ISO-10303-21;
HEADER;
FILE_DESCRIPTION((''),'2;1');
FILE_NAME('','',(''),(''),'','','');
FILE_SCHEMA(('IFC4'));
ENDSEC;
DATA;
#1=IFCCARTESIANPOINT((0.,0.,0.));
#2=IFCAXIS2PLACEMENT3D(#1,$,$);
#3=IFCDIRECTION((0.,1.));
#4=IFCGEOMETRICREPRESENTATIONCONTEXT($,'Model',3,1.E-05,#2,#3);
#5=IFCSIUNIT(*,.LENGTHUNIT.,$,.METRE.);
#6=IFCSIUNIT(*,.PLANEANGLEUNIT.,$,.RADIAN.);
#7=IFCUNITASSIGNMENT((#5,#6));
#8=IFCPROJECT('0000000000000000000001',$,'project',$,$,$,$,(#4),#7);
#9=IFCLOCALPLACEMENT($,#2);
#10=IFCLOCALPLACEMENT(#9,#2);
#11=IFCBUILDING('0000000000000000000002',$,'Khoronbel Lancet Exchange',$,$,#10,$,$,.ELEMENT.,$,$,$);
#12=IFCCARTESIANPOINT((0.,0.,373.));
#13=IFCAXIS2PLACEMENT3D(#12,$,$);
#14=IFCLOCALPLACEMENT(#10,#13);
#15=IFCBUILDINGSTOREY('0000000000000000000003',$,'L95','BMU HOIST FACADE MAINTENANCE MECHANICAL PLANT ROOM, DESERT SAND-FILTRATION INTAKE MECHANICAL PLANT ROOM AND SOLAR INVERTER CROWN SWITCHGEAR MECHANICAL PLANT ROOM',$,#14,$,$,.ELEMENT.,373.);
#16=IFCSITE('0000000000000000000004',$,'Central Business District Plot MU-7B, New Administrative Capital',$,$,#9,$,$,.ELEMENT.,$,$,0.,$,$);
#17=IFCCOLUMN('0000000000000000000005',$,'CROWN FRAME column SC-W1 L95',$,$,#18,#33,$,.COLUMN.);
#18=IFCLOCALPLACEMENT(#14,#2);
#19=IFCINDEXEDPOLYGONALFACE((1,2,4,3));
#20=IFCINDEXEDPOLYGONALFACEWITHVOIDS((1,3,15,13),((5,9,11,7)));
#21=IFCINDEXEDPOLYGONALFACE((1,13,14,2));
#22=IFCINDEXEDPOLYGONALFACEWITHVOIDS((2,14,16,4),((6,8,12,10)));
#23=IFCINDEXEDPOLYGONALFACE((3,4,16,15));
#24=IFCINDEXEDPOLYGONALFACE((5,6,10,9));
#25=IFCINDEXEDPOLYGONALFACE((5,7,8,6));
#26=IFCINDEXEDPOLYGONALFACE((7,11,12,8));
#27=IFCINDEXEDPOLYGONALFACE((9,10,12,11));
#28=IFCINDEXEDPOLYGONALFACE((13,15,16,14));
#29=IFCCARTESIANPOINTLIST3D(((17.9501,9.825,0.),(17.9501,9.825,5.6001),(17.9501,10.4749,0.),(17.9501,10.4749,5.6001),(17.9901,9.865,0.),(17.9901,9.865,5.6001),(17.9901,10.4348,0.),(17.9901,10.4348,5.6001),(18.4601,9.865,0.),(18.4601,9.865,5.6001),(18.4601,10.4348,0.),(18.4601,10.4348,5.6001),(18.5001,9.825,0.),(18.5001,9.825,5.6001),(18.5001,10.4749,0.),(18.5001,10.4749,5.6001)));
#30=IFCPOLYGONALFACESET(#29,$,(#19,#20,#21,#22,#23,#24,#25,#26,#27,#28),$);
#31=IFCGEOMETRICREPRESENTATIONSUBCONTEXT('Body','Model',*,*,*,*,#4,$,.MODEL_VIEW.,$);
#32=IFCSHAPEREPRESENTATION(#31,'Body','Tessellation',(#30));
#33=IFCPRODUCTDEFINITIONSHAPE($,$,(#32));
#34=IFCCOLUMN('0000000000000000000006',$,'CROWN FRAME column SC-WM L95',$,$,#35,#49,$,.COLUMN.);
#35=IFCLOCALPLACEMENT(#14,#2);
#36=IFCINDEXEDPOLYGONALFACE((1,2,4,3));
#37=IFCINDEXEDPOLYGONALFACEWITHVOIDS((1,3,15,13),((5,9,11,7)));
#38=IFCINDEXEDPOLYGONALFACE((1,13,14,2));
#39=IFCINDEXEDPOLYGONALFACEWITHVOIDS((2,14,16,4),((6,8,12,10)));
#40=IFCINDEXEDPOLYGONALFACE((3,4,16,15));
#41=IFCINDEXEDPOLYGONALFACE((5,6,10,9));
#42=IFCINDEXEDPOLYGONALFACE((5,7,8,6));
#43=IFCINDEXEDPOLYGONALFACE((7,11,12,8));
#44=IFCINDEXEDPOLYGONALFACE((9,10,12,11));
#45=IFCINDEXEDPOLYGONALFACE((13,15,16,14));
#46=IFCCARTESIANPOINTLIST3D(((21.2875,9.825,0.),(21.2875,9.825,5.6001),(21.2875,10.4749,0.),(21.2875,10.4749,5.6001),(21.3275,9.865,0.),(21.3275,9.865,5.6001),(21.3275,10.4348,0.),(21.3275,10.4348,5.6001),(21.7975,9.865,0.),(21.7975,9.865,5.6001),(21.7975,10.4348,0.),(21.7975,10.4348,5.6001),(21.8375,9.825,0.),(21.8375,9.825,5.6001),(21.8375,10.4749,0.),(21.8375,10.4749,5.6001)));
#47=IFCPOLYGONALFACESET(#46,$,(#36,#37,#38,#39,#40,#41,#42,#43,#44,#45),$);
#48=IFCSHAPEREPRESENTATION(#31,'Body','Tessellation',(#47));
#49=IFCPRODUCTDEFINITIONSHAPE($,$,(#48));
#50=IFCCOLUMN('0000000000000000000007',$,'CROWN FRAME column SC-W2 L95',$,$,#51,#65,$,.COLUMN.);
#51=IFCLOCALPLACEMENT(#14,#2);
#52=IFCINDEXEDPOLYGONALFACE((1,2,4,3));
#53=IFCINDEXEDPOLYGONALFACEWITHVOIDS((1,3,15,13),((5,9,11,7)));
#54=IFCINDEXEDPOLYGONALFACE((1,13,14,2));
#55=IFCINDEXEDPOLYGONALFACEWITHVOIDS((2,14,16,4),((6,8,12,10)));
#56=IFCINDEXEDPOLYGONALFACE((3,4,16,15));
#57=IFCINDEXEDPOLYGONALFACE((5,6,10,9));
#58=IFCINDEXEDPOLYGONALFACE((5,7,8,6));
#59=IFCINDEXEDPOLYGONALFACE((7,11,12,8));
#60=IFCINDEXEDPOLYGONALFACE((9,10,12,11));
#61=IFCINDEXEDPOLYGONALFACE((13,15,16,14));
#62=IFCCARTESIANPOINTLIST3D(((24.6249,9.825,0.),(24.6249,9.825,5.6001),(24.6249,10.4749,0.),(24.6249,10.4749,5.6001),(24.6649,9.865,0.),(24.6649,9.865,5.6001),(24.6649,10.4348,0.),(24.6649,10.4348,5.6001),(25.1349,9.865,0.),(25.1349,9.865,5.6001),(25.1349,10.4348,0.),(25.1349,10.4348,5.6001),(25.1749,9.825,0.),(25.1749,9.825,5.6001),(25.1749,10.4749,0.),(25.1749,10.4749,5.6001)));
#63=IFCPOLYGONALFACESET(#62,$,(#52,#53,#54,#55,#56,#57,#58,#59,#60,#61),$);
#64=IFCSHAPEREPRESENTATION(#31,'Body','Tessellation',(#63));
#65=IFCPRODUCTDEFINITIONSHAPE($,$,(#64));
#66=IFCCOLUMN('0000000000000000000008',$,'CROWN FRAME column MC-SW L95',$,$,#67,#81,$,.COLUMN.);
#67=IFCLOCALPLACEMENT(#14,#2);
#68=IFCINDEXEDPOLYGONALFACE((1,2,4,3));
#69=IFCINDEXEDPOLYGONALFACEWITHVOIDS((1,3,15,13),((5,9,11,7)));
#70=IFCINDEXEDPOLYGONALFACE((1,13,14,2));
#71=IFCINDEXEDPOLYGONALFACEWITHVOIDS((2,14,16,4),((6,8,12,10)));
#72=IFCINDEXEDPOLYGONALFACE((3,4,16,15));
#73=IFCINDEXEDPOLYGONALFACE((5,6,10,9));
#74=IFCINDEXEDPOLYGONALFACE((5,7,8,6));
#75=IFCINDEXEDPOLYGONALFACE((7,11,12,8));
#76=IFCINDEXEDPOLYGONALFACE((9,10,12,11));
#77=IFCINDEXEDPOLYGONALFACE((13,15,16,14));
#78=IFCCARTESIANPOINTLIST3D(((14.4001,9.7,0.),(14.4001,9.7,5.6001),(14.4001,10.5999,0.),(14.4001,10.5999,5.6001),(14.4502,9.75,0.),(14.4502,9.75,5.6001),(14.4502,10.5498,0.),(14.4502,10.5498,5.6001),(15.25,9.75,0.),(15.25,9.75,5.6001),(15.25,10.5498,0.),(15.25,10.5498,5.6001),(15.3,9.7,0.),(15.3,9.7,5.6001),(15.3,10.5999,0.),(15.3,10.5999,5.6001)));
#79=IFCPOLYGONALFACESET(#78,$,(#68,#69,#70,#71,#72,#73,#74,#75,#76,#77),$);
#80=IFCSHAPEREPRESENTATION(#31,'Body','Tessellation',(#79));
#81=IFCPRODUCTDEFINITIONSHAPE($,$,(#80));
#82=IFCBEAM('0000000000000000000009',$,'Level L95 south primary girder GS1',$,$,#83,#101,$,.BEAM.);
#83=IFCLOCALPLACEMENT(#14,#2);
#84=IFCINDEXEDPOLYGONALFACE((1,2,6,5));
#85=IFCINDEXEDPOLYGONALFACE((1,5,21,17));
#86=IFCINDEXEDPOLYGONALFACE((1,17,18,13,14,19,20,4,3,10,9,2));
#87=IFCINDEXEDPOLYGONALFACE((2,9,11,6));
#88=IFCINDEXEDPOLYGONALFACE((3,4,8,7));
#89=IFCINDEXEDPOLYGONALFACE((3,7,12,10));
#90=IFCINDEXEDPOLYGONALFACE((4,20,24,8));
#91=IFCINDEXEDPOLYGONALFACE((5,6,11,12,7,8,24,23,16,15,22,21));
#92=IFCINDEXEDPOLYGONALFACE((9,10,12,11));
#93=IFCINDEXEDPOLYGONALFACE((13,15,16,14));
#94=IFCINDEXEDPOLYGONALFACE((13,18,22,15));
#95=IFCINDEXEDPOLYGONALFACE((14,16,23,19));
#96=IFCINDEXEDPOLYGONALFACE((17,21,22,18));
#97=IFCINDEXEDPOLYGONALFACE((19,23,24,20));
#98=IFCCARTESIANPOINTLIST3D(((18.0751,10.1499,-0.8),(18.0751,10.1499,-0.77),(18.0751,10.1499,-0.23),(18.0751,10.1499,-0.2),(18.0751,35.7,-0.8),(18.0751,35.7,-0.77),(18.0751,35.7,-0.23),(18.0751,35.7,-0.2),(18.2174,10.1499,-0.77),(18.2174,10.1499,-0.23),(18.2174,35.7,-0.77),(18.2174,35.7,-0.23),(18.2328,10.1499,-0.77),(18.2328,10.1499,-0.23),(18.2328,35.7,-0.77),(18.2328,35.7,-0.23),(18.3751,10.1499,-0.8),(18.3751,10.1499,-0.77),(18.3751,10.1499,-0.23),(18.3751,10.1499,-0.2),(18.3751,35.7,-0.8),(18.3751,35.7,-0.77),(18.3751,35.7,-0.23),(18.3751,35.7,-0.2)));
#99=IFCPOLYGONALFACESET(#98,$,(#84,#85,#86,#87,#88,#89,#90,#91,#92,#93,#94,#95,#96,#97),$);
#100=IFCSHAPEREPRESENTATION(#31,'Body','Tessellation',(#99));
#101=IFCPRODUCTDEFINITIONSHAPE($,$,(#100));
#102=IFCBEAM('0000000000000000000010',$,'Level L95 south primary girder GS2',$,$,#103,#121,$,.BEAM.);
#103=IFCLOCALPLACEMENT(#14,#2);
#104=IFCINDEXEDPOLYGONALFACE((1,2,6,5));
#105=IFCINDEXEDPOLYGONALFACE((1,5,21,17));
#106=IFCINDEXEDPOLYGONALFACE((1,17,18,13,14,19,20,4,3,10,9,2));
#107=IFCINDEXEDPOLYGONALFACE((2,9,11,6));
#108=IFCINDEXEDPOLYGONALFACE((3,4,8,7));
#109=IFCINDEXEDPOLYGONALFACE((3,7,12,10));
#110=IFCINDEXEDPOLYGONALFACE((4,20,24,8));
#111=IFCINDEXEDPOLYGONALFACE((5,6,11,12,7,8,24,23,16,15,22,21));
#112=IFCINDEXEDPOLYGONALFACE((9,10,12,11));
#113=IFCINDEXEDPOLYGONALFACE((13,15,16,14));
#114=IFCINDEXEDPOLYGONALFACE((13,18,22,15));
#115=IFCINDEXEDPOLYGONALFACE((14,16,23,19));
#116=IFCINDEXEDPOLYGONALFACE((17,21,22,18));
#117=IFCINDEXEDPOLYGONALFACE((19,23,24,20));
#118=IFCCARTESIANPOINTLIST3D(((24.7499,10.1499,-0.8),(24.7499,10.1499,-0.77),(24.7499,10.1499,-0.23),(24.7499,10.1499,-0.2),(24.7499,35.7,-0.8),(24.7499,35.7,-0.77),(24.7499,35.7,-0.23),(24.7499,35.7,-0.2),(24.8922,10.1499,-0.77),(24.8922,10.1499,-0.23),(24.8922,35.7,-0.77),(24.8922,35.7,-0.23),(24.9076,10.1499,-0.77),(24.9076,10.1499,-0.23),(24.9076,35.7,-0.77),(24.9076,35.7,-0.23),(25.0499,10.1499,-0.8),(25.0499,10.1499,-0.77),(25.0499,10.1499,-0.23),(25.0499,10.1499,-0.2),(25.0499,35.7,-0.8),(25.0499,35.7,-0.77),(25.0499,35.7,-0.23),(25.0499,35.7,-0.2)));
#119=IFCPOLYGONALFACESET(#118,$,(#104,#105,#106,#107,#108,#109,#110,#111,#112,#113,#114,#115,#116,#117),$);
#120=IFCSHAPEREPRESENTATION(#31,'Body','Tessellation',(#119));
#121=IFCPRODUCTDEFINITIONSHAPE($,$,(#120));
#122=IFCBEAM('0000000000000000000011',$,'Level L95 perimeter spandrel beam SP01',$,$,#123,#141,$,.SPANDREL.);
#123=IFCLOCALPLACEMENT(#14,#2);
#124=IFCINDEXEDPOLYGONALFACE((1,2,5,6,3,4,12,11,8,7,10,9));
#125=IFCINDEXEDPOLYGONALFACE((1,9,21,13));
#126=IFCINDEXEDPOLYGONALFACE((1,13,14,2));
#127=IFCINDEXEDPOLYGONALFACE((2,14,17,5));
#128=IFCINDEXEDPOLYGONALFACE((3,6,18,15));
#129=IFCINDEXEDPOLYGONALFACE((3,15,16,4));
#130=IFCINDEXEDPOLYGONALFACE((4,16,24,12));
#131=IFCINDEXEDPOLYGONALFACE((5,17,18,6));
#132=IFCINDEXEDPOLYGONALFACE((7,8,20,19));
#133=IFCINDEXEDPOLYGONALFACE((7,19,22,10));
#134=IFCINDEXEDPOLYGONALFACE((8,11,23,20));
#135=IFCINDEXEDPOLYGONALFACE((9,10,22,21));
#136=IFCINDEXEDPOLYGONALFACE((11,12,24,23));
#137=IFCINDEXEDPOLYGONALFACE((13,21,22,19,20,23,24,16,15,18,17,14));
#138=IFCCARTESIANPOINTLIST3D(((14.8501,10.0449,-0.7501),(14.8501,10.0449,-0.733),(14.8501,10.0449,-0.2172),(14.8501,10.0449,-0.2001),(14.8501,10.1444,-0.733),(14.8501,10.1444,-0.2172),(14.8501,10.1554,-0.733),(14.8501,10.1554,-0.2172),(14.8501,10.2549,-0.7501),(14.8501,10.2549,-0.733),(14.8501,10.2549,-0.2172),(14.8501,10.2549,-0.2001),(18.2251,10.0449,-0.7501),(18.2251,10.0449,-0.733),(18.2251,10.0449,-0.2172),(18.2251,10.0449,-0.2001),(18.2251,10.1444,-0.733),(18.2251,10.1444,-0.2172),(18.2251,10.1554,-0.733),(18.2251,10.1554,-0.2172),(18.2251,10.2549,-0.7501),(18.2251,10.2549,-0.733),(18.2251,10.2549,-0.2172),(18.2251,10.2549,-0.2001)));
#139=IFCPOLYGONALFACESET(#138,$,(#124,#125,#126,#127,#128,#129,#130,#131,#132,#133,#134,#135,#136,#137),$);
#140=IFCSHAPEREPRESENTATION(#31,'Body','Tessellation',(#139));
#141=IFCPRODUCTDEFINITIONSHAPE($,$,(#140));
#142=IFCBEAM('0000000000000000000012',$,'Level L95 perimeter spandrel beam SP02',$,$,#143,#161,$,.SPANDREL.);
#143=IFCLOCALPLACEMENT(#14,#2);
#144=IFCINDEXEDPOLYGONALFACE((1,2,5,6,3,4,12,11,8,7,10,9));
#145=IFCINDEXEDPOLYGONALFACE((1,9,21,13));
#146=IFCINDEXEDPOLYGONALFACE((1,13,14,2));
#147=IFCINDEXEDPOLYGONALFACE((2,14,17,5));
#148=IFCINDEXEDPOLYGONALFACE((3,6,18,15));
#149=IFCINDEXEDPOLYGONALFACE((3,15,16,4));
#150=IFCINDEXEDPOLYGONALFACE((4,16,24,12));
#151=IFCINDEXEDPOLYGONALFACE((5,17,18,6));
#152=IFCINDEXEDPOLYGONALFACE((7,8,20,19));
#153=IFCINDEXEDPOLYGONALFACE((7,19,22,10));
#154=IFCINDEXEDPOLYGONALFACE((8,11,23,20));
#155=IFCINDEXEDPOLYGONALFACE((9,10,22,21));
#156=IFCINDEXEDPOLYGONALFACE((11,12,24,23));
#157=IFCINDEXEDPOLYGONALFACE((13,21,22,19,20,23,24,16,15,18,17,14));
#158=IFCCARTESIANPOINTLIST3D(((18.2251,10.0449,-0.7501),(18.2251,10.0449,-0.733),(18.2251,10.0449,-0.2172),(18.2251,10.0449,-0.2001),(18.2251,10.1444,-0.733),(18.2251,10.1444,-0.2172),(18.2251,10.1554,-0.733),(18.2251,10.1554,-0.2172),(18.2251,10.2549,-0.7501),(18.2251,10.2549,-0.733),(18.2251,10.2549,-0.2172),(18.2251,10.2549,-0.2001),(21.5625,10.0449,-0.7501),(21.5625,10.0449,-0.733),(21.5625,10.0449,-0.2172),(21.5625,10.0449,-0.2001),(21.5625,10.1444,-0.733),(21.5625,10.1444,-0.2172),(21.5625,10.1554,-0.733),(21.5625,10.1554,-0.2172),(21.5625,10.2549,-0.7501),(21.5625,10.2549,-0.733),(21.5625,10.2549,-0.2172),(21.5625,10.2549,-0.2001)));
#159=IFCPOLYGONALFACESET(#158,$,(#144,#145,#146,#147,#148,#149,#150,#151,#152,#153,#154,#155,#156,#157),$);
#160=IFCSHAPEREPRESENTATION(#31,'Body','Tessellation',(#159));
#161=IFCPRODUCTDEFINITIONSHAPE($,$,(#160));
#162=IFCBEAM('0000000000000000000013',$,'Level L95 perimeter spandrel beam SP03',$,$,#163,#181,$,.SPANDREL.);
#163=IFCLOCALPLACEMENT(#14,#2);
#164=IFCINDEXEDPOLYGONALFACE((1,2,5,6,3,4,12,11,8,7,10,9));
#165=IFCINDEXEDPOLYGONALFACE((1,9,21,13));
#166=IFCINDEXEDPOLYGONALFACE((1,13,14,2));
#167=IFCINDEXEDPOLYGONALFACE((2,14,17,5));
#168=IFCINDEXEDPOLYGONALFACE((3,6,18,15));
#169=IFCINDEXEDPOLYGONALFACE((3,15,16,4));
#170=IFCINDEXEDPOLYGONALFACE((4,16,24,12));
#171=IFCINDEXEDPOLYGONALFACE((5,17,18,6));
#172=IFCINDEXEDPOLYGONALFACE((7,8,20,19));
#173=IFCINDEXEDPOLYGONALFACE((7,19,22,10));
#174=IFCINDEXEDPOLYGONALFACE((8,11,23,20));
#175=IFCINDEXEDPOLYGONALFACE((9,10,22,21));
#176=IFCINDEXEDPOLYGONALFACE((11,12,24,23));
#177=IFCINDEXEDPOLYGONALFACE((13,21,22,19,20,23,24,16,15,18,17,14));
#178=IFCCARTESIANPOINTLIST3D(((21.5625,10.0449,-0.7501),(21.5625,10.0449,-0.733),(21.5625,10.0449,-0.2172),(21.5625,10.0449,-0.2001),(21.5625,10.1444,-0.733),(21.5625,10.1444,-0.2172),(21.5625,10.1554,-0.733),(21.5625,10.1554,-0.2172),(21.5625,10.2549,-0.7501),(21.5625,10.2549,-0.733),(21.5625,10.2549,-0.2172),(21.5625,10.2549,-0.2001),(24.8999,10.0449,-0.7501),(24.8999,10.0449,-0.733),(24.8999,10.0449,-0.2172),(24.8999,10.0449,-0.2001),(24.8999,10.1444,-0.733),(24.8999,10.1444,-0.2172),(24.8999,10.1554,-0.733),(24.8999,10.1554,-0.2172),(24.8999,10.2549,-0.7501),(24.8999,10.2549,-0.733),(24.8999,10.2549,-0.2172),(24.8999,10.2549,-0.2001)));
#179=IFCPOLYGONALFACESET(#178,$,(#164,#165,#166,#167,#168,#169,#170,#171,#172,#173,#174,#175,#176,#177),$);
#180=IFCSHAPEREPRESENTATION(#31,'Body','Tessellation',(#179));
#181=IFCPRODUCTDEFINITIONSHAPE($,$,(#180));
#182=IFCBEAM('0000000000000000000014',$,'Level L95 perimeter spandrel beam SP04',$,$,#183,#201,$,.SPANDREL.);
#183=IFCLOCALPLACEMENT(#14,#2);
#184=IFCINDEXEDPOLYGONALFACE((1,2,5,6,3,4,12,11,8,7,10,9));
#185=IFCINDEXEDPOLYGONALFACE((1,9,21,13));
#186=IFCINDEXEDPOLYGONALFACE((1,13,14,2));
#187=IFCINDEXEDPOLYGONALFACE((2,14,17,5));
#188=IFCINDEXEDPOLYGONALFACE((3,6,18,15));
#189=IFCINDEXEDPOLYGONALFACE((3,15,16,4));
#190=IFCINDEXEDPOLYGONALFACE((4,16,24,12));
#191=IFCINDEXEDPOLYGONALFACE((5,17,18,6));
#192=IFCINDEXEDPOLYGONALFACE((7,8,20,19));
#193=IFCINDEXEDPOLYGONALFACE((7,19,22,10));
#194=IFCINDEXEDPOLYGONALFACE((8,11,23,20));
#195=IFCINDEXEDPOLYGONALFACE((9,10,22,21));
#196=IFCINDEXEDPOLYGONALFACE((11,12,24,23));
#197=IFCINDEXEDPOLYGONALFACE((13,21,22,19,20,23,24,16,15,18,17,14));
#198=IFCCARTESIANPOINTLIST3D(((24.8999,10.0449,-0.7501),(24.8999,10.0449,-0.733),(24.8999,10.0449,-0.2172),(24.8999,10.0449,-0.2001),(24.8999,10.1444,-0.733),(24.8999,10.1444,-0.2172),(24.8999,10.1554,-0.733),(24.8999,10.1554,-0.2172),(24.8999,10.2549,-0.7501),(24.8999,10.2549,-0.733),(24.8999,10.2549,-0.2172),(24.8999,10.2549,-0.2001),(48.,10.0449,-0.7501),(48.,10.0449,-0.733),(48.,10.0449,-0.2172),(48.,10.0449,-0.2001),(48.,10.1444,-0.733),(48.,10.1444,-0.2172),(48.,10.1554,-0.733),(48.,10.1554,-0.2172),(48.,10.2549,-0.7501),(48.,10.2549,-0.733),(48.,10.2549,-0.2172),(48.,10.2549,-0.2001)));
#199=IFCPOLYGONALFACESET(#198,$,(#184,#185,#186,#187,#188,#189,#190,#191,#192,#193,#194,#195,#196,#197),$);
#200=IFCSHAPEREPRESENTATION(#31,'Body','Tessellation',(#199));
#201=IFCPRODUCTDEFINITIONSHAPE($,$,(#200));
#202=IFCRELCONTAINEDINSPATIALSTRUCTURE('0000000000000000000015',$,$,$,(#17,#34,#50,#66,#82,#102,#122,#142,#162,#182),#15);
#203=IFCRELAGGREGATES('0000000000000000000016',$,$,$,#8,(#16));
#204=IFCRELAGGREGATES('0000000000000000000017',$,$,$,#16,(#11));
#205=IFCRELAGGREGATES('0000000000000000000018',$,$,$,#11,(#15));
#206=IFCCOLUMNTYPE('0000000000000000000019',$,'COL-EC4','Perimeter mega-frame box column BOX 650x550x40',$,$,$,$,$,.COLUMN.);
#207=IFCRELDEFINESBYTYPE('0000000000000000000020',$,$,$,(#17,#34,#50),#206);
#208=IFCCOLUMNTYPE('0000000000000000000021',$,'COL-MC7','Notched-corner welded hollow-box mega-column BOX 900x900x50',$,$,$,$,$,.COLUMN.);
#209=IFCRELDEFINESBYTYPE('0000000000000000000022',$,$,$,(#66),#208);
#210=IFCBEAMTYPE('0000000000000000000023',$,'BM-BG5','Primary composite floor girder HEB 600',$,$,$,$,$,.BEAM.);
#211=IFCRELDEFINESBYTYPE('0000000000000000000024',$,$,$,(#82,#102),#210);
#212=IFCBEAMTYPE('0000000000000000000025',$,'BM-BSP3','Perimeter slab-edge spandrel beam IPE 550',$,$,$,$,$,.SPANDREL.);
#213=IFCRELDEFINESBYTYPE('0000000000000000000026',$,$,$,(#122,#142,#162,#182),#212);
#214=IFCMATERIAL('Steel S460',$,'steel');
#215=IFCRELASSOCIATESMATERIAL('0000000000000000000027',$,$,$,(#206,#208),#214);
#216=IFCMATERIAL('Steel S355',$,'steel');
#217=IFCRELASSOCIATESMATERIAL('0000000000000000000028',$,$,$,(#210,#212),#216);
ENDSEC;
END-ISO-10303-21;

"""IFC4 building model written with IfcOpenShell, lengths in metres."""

from ifc_helpers import new_model, si_unit, direction, frame, origin, origin_2d, place, context, subcontext, project, spatial, hollow_rectangle, i_section, extrude, material, material_profile, profile_set, type_object, element, save


model = new_model("IFC4")

# Units and contexts
model_context = context("Model", 3, precision=1e-05, world=origin(), true_north=direction((0.0, 1.0)))
body_context = subcontext(model_context, "Body", "Model", "MODEL_VIEW")
ifc_project = project(units=[si_unit("LENGTHUNIT", "METRE"), si_unit("PLANEANGLEUNIT", "RADIAN")], contexts=[model_context])

# Site, building, storey
site_placement = place(None, origin())
site = spatial("IfcSite", under=ifc_project, at=site_placement, Name="Central Business District Plot MU-7B, New Administrative Capital", CompositionType="ELEMENT", RefElevation=0.0)
building_placement = place(site_placement, origin())
building = spatial("IfcBuilding", under=site, at=building_placement, Name="Khoronbel Lancet Exchange", CompositionType="ELEMENT")
storey_placement = place(building_placement, frame((0.0, 0.0, 373.0)))
storey = spatial("IfcBuildingStorey", under=building, at=storey_placement, Name="L95", Description="BMU HOIST FACADE MAINTENANCE MECHANICAL PLANT ROOM, DESERT SAND-FILTRATION INTAKE MECHANICAL PLANT ROOM AND SOLAR INVERTER CROWN SWITCHGEAR MECHANICAL PLANT ROOM", CompositionType="ELEMENT", Elevation=373.0)

# Columns
ifc_material_1 = material(Name="Steel S460", Category="steel")
ifc_material_profile_1 = material_profile(ifc_material_1, hollow_rectangle(XDim=0.55, YDim=0.6499, WallThickness=0.04, at=origin_2d()), Name="BOX 650x550x40")
ifc_profile_set_1 = profile_set([ifc_material_profile_1], Name="Steel S460")
column_type_1 = type_object("IfcColumnType", Name="COL-EC4", Description="Perimeter mega-frame box column BOX 650x550x40", PredefinedType="COLUMN", material=ifc_profile_set_1)
for number, where, z_axis, x_axis, name in (
    (1, (18.2251, 10.1499, 0.0), (0.0, 0.0, 1.0), (1.0, 0.0, 0.0), "CROWN FRAME column SC-W1 L95"),
    (2, (21.5625, 10.1499, 0.0), (0.0, 0.0, 1.0), (1.0, 0.0, 0.0), "CROWN FRAME column SC-WM L95"),
    (3, (24.8999, 10.1499, 0.0), (0.0, 0.0, 1.0), (1.0, 0.0, 0.0), "CROWN FRAME column SC-W2 L95"),
):
    element("IfcColumn", number, at=place(storey_placement, frame(where, z_axis=z_axis, x_axis=x_axis)), inside=storey, type_object=column_type_1, Name=name, PredefinedType="COLUMN", context=body_context, shape_type="SweptSolid", body=[
        extrude(hollow_rectangle(XDim=0.55, YDim=0.6499, WallThickness=0.04, at=origin_2d()), origin(), (0.0, 0.0, 1.0), 5.6001),
    ])
ifc_material_profile_2 = material_profile(ifc_material_1, hollow_rectangle(XDim=0.8999, YDim=0.8999, WallThickness=0.05, at=origin_2d()), Name="BOX 900x900x50")
ifc_profile_set_2 = profile_set([ifc_material_profile_2], Name="Steel S460")
column_type_2 = type_object("IfcColumnType", Name="COL-MC7", Description="Notched-corner welded hollow-box mega-column BOX 900x900x50", PredefinedType="COLUMN", material=ifc_profile_set_2)
column_placement = place(storey_placement, frame((14.8501, 10.1499, 0.0), z_axis=(0.0, 0.0, 1.0), x_axis=(1.0, 0.0, 0.0)))
element("IfcColumn", 4, at=column_placement, inside=storey, type_object=column_type_2, Name="CROWN FRAME column MC-SW L95", PredefinedType="COLUMN", context=body_context, shape_type="SweptSolid", body=[
    extrude(hollow_rectangle(XDim=0.8999, YDim=0.8999, WallThickness=0.05, at=origin_2d()), origin(), (0.0, 0.0, 1.0), 5.6001),
])

# Beams
ifc_material_2 = material(Name="Steel S355", Category="steel")
ifc_material_profile_3 = material_profile(ifc_material_2, i_section(OverallWidth=0.3, OverallDepth=0.6001, WebThickness=0.0154, FlangeThickness=0.03, at=origin_2d()), Name="HEB 600")
ifc_profile_set_3 = profile_set([ifc_material_profile_3], Name="Steel S355")
beam_type_1 = type_object("IfcBeamType", Name="BM-BG5", Description="Primary composite floor girder HEB 600", PredefinedType="BEAM", material=ifc_profile_set_3)
for number, where, z_axis, x_axis, name in (
    (5, (18.2251, 10.1499, -0.5), (0.0, 1.0, 0.0), (-1.0, 0.0, 0.0), "Level L95 south primary girder GS1"),
    (6, (24.8999, 10.1499, -0.5), (0.0, 1.0, 0.0), (-1.0, 0.0, 0.0), "Level L95 south primary girder GS2"),
):
    element("IfcBeam", number, at=place(storey_placement, frame(where, z_axis=z_axis, x_axis=x_axis)), inside=storey, type_object=beam_type_1, Name=name, PredefinedType="BEAM", context=body_context, shape_type="SweptSolid", body=[
        extrude(i_section(OverallWidth=0.3, OverallDepth=0.6001, WebThickness=0.0154, FlangeThickness=0.03, at=origin_2d()), origin(), (0.0, 0.0, 1.0), 25.55),
    ])
ifc_material_profile_4 = material_profile(ifc_material_2, i_section(OverallWidth=0.21, OverallDepth=0.55, WebThickness=0.011, FlangeThickness=0.0171, at=origin_2d()), Name="IPE 550")
ifc_profile_set_4 = profile_set([ifc_material_profile_4], Name="Steel S355")
beam_type_2 = type_object("IfcBeamType", Name="BM-BSP3", Description="Perimeter slab-edge spandrel beam IPE 550", PredefinedType="SPANDREL", material=ifc_profile_set_4)
beam_1_placement = place(storey_placement, frame((14.8501, 10.1499, -0.4751), z_axis=(1.0, 0.0, 0.0), x_axis=(0.0, 1.0, 0.0)))
element("IfcBeam", 7, at=beam_1_placement, inside=storey, type_object=beam_type_2, Name="Level L95 perimeter spandrel beam SP01", PredefinedType="SPANDREL", context=body_context, shape_type="SweptSolid", body=[
    extrude(i_section(OverallWidth=0.21, OverallDepth=0.55, WebThickness=0.011, FlangeThickness=0.0171, at=origin_2d()), origin(), (0.0, 0.0, 1.0), 3.375),
])
for number, where, z_axis, x_axis, name in (
    (8, (18.2251, 10.1499, -0.4751), (1.0, 0.0, 0.0), (0.0, 1.0, 0.0), "Level L95 perimeter spandrel beam SP02"),
    (9, (21.5625, 10.1499, -0.4751), (1.0, 0.0, 0.0), (0.0, 1.0, 0.0), "Level L95 perimeter spandrel beam SP03"),
):
    element("IfcBeam", number, at=place(storey_placement, frame(where, z_axis=z_axis, x_axis=x_axis)), inside=storey, type_object=beam_type_2, Name=name, PredefinedType="SPANDREL", context=body_context, shape_type="SweptSolid", body=[
        extrude(i_section(OverallWidth=0.21, OverallDepth=0.55, WebThickness=0.011, FlangeThickness=0.0171, at=origin_2d()), origin(), (0.0, 0.0, 1.0), 3.3374),
    ])
beam_2_placement = place(storey_placement, frame((24.8999, 10.1499, -0.4751), z_axis=(1.0, 0.0, 0.0), x_axis=(0.0, 1.0, 0.0)))
element("IfcBeam", 10, at=beam_2_placement, inside=storey, type_object=beam_type_2, Name="Level L95 perimeter spandrel beam SP04", PredefinedType="SPANDREL", context=body_context, shape_type="SweptSolid", body=[
    extrude(i_section(OverallWidth=0.21, OverallDepth=0.55, WebThickness=0.011, FlangeThickness=0.0171, at=origin_2d()), origin(), (0.0, 0.0, 1.0), 23.1001),
])

save(model, "model.ifc")
